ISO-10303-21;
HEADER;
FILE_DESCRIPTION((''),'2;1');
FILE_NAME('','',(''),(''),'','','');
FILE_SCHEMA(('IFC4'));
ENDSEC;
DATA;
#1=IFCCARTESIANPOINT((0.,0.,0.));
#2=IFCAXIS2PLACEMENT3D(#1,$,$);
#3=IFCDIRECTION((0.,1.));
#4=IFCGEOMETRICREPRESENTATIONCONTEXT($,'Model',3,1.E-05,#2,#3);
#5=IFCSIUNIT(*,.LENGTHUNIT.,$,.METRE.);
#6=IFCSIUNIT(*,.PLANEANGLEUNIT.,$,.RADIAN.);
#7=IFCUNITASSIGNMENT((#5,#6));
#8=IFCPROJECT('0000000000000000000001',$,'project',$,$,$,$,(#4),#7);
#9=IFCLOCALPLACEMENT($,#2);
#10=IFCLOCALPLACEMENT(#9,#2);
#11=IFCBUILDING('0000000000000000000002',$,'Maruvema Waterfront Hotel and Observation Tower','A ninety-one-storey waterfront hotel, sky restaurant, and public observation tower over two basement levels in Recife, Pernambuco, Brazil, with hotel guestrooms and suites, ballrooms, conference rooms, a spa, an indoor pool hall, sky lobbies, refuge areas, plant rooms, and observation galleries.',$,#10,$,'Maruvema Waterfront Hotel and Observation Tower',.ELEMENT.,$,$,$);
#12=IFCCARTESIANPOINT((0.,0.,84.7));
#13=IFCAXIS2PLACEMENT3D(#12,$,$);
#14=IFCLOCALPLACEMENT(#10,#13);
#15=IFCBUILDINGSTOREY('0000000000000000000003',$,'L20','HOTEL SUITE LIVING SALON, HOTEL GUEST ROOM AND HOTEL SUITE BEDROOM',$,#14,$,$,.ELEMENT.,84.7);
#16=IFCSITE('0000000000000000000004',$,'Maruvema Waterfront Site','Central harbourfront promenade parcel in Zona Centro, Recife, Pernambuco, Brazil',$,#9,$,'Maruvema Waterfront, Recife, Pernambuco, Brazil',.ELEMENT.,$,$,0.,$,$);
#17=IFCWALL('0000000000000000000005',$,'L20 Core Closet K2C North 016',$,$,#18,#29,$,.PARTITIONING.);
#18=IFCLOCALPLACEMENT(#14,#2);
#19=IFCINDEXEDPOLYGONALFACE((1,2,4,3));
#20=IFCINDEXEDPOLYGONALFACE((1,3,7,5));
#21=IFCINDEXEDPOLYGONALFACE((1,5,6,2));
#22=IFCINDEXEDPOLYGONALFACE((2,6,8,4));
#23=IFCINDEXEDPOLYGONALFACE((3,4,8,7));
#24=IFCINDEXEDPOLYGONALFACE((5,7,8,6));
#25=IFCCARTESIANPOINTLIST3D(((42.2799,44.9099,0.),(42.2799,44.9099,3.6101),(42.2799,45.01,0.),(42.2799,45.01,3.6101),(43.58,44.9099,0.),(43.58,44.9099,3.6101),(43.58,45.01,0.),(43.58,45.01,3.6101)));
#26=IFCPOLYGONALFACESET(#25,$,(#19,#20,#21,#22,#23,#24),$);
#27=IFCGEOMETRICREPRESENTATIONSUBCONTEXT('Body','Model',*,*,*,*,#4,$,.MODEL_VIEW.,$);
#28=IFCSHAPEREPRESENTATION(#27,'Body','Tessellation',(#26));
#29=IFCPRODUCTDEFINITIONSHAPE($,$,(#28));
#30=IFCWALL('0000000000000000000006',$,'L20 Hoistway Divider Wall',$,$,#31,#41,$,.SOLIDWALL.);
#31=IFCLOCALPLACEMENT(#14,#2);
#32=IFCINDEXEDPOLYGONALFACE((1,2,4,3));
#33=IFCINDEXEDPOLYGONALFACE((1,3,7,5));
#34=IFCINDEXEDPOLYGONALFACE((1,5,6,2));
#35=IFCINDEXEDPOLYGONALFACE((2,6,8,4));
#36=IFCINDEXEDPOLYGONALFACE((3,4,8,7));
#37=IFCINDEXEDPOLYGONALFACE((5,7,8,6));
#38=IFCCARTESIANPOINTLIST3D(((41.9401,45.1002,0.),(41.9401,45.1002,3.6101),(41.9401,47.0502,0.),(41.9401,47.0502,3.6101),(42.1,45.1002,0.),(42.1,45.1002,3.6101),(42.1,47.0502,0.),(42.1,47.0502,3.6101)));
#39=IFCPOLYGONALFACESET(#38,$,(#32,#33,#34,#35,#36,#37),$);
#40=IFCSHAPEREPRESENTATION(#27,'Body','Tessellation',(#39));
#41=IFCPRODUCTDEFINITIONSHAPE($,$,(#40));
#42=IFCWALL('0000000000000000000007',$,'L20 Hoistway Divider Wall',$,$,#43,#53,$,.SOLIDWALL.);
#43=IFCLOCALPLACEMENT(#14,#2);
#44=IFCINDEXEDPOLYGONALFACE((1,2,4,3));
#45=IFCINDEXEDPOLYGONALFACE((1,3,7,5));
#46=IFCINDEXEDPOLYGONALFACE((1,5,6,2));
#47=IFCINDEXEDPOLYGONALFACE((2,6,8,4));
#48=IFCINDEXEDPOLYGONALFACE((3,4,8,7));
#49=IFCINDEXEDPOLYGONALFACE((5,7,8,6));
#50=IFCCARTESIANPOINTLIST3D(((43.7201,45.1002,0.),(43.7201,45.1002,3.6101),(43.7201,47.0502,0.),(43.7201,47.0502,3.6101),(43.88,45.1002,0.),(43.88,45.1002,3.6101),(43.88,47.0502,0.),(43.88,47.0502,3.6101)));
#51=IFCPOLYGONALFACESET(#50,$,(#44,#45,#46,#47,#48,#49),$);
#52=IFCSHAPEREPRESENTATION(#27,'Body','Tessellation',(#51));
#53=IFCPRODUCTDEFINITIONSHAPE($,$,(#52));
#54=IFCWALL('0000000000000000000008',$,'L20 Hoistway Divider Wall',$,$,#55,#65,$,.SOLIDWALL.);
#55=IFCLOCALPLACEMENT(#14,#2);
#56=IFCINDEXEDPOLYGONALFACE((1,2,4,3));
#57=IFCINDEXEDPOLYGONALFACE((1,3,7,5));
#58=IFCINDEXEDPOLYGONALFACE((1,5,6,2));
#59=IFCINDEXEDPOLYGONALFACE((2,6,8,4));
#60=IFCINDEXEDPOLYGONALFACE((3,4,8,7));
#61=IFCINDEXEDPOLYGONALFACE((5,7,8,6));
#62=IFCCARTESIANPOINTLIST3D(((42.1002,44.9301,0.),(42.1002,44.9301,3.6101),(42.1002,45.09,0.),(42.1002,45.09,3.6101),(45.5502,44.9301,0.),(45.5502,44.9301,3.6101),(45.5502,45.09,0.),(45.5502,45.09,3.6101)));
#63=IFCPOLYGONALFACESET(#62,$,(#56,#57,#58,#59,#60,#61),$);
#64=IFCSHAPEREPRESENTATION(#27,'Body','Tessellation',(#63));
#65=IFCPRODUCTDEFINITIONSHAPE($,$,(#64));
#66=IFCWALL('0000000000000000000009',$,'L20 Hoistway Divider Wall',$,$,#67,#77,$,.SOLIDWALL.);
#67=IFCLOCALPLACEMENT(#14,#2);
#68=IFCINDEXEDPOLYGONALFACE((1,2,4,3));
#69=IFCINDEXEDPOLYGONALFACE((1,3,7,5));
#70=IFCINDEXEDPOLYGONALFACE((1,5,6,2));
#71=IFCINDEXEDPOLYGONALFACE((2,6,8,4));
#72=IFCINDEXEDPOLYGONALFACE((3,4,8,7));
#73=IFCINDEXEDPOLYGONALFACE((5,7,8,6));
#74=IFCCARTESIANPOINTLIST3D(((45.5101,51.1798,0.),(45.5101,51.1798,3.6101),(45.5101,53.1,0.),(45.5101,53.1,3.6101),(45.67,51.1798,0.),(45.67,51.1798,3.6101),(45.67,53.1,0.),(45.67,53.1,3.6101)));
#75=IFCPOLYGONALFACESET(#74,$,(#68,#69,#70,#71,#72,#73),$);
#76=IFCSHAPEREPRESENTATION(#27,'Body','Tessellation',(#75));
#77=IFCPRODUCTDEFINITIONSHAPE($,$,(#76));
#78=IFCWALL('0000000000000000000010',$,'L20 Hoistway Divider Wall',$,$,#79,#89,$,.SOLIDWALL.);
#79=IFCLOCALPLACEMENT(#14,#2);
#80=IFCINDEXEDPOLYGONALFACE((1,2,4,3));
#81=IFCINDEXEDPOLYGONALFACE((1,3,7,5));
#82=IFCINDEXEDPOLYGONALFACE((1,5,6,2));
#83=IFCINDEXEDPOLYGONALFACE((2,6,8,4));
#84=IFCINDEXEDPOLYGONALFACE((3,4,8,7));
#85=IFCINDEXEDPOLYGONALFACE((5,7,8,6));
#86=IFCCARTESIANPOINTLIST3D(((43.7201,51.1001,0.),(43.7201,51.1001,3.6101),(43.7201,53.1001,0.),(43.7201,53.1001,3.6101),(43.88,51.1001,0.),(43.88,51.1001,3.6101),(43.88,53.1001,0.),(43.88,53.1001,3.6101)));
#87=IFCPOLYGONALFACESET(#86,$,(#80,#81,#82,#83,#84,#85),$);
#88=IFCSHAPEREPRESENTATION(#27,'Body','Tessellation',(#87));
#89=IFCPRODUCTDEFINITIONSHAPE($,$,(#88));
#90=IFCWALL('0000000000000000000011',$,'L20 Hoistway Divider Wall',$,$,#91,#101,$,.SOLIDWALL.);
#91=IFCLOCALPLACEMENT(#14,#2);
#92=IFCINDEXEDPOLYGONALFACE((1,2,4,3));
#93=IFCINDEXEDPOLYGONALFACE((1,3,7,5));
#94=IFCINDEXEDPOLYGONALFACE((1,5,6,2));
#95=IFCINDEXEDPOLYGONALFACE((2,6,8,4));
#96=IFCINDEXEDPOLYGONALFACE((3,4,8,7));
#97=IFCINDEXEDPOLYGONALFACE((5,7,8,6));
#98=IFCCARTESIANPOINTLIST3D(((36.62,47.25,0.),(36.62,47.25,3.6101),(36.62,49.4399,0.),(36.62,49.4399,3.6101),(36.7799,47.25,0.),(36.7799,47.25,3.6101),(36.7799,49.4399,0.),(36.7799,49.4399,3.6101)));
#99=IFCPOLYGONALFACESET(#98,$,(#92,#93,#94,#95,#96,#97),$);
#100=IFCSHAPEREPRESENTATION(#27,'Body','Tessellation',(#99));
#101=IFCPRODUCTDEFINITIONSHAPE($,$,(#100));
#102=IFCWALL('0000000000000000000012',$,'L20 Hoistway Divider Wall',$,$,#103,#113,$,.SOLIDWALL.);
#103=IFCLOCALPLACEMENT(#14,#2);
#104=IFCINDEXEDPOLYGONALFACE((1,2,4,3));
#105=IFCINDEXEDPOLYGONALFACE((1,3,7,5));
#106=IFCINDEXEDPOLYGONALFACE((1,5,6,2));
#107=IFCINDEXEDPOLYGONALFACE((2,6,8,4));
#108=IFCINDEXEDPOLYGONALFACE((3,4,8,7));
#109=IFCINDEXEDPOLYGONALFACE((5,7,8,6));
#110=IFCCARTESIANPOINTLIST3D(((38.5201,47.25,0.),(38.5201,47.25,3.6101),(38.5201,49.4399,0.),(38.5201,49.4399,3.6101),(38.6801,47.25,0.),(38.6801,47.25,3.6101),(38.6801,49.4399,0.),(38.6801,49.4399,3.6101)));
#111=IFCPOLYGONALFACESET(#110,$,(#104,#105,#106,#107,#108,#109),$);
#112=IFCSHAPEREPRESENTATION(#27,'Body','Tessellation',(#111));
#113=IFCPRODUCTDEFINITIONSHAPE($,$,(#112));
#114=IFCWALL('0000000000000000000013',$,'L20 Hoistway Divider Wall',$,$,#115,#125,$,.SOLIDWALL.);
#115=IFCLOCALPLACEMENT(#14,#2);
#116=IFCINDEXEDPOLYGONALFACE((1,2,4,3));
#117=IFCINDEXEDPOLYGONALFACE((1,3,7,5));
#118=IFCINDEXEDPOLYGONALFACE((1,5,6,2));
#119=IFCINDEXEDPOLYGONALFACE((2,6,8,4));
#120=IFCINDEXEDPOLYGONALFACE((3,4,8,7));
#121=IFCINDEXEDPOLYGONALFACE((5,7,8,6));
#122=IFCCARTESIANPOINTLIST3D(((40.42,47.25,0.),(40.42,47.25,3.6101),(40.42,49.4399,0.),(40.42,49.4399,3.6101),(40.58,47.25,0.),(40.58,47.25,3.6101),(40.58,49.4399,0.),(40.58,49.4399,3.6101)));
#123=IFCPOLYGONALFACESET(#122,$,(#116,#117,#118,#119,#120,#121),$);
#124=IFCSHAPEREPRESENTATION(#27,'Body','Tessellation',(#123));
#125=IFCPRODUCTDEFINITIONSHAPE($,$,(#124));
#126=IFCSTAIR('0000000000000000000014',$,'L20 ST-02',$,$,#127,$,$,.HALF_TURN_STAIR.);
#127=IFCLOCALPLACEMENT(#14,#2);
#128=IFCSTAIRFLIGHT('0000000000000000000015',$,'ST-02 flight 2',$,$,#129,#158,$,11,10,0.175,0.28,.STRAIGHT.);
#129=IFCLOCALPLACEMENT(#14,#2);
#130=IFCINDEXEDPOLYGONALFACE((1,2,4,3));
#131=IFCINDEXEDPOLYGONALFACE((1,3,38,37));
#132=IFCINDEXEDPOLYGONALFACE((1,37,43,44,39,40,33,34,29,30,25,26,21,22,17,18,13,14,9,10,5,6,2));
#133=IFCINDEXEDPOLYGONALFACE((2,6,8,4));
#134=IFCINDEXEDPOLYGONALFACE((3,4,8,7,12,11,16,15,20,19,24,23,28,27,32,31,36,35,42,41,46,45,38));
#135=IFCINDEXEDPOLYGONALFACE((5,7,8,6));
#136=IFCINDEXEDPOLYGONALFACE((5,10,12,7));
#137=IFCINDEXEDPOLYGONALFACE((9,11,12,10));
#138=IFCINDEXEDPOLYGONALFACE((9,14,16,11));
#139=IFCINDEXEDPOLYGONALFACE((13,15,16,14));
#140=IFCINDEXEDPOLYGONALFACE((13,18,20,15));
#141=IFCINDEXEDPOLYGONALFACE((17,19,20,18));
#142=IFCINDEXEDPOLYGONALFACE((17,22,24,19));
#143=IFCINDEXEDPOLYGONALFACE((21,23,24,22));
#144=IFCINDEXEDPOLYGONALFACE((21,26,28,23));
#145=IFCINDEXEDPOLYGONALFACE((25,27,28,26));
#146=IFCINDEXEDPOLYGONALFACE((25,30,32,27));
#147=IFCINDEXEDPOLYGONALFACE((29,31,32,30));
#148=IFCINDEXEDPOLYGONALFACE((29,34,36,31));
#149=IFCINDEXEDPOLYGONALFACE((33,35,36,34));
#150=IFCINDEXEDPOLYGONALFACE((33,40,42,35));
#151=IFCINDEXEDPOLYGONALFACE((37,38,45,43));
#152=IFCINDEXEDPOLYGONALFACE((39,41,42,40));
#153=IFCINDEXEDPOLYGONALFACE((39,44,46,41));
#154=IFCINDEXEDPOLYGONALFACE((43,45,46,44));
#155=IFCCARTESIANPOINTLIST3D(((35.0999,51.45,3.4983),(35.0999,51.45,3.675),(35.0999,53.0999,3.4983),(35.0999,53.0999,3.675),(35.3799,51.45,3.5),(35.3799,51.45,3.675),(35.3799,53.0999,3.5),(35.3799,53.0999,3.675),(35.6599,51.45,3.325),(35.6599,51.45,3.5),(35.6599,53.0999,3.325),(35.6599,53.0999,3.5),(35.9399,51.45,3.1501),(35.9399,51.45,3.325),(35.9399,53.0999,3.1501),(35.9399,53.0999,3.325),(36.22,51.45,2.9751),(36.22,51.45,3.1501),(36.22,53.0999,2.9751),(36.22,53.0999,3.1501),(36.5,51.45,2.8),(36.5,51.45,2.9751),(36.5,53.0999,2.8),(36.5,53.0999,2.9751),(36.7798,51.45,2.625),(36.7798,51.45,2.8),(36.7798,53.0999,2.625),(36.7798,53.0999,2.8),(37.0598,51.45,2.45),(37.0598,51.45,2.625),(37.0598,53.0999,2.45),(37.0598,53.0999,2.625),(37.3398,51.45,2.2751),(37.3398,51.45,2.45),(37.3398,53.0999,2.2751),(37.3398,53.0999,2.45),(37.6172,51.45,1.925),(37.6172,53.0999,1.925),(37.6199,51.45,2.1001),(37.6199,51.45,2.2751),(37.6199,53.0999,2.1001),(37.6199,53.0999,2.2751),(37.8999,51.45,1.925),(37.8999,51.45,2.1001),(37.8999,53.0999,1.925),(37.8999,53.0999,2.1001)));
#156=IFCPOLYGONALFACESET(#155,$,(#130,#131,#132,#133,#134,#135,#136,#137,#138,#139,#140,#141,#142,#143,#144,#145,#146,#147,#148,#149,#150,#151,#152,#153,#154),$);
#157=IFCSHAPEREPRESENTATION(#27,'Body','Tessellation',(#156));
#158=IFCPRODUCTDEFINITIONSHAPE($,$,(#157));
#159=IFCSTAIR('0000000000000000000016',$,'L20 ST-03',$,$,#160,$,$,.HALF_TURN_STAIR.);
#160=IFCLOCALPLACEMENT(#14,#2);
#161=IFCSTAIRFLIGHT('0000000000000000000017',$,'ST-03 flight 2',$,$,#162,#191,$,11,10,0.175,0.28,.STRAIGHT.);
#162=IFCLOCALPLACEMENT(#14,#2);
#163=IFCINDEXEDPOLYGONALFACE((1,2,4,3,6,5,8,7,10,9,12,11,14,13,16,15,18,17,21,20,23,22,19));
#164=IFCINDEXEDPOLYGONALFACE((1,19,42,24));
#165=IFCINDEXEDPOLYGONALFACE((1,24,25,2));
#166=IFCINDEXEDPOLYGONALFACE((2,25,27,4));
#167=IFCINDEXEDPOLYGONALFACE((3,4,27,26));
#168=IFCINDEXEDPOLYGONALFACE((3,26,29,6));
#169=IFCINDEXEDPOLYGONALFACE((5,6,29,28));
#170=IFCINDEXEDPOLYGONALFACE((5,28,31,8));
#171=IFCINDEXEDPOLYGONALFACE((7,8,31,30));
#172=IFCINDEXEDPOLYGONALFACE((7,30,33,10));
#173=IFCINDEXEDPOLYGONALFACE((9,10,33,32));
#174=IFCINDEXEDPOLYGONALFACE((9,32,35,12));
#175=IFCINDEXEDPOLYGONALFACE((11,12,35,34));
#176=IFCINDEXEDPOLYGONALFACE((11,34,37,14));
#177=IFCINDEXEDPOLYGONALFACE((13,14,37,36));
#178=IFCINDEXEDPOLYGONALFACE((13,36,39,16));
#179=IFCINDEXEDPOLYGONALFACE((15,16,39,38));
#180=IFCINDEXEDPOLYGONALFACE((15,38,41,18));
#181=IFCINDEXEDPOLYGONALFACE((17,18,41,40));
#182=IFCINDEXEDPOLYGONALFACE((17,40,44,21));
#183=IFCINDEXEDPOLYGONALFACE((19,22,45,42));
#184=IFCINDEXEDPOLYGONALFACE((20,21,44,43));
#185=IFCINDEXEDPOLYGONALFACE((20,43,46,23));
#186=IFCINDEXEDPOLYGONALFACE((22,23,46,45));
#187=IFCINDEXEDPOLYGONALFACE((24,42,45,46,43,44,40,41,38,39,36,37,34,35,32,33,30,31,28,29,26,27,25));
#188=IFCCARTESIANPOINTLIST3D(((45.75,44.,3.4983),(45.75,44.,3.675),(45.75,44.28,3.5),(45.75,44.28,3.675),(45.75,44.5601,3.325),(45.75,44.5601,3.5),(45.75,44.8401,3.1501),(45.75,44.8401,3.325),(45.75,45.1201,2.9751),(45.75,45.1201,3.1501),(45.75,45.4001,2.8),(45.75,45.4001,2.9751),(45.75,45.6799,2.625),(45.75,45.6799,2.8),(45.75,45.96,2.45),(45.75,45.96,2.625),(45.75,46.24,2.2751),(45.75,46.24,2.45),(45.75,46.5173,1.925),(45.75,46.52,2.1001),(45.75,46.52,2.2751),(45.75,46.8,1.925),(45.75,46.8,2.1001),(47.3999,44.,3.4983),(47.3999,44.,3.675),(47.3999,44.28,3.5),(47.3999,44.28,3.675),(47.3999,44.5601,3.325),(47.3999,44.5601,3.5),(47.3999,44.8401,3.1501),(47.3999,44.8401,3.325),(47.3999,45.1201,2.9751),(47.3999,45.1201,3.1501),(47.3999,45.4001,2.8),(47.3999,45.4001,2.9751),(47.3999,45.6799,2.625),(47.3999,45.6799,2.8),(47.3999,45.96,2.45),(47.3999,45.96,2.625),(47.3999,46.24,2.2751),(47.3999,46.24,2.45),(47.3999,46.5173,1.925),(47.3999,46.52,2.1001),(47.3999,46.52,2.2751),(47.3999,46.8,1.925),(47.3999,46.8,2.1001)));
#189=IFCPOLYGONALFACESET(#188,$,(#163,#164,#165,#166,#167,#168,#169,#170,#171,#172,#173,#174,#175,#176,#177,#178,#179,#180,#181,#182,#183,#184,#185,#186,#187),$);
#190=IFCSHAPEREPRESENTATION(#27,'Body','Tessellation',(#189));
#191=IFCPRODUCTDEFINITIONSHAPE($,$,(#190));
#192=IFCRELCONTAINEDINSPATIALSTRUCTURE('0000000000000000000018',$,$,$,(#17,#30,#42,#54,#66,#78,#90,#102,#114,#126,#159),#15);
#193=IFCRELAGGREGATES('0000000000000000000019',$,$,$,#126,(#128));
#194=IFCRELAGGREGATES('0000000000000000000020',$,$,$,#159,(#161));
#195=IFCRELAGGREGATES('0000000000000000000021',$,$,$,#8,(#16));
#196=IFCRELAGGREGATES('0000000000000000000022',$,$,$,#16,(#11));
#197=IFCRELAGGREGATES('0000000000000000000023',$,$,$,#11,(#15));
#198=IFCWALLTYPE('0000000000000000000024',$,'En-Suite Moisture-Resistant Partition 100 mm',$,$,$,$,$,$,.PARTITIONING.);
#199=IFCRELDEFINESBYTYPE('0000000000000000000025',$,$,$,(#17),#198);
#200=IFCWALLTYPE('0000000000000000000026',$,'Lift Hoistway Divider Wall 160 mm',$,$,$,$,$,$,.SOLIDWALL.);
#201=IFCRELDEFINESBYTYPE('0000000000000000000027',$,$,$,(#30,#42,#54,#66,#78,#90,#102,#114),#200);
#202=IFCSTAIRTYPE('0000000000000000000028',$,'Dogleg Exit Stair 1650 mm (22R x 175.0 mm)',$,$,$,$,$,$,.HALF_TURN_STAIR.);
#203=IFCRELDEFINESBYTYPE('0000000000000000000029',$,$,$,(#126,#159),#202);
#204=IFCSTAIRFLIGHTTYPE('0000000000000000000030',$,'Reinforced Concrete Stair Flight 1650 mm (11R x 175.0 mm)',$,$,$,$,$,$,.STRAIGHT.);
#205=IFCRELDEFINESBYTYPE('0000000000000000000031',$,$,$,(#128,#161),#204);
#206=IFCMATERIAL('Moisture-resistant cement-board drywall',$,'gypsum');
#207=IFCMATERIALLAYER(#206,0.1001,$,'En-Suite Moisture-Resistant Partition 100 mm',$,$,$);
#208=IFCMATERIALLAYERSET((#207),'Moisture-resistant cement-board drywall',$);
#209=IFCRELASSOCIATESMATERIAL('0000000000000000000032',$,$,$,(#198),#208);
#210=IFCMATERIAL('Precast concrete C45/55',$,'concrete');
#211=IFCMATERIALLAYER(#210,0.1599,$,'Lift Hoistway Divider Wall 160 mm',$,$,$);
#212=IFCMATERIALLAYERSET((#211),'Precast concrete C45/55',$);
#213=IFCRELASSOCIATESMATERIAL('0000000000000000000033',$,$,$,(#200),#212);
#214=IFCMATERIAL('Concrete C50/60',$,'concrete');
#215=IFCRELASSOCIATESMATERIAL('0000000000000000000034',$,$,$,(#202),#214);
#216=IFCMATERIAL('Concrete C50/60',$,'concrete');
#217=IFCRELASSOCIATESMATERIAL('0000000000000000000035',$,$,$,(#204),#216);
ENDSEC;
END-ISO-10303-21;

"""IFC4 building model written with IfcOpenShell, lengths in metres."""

from ifc_helpers import new_model, si_unit, direction, frame, frame_2d, origin, place, context, subcontext, project, spatial, polyline, rectangle, outline, extrude, material, layer, layer_set, type_object, element, aggregate, save


model = new_model("IFC4")

# Units and contexts
model_context = context("Model", 3, precision=1e-05, world=origin(), true_north=direction((0.0, 1.0)))
body_context = subcontext(model_context, "Body", "Model", "MODEL_VIEW")
ifc_project = project(units=[si_unit("LENGTHUNIT", "METRE"), si_unit("PLANEANGLEUNIT", "RADIAN")], contexts=[model_context])

# Site, building, storey
site_placement = place(None, origin())
site = spatial("IfcSite", under=ifc_project, at=site_placement, Name="Maruvema Waterfront Site", Description="Central harbourfront promenade parcel in Zona Centro, Recife, Pernambuco, Brazil", LongName="Maruvema Waterfront, Recife, Pernambuco, Brazil", CompositionType="ELEMENT", RefElevation=0.0)
building_placement = place(site_placement, origin())
building = spatial("IfcBuilding", under=site, at=building_placement, Name="Maruvema Waterfront Hotel and Observation Tower", Description="A ninety-one-storey waterfront hotel, sky restaurant, and public observation tower over two basement levels in Recife, Pernambuco, Brazil, with hotel guestrooms and suites, ballrooms, conference rooms, a spa, an indoor pool hall, sky lobbies, refuge areas, plant rooms, and observation galleries.", LongName="Maruvema Waterfront Hotel and Observation Tower", CompositionType="ELEMENT")
storey_placement = place(building_placement, frame((0.0, 0.0, 84.7)))
storey = spatial("IfcBuildingStorey", under=building, at=storey_placement, Name="L20", Description="HOTEL SUITE LIVING SALON, HOTEL GUEST ROOM AND HOTEL SUITE BEDROOM", CompositionType="ELEMENT", Elevation=84.7)

# Shared definitions
ifc_material_1 = material(Name="Moisture-resistant cement-board drywall", Category="gypsum")
ifc_layer_1 = layer(ifc_material_1, 0.1001, Name="En-Suite Moisture-Resistant Partition 100 mm")
ifc_layer_set_1 = layer_set([ifc_layer_1], Name="Moisture-resistant cement-board drywall")
wall_type_1 = type_object("IfcWallType", Name="En-Suite Moisture-Resistant Partition 100 mm", PredefinedType="PARTITIONING", material=ifc_layer_set_1)

# Walls
wall_1_placement = place(storey_placement, frame((42.28, 44.96, 0.0), z_axis=(0.0, 0.0, 1.0), x_axis=(1.0, 0.0, 0.0)))
element("IfcWall", 1, at=wall_1_placement, inside=storey, type_object=wall_type_1, Name="L20 Core Closet K2C North 016", PredefinedType="PARTITIONING", context=body_context, shape_type="SweptSolid", body=[
    extrude(rectangle(XDim=1.3, YDim=0.1001, at=frame_2d((0.6499, 0.0))), origin(), (0.0, 0.0, 1.0), 3.6101),
])
ifc_material_2 = material(Name="Precast concrete C45/55", Category="concrete")
ifc_layer_2 = layer(ifc_material_2, 0.1599, Name="Lift Hoistway Divider Wall 160 mm")
ifc_layer_set_2 = layer_set([ifc_layer_2], Name="Precast concrete C45/55")
wall_type_2 = type_object("IfcWallType", Name="Lift Hoistway Divider Wall 160 mm", PredefinedType="SOLIDWALL", material=ifc_layer_set_2)
for number, where, z_axis, x_axis, name in (
    (2, (42.02, 45.1001, 0.0), (0.0, 0.0, 1.0), (0.0, 1.0, 0.0), "L20 Hoistway Divider Wall"),
    (3, (43.8, 45.1001, 0.0), (0.0, 0.0, 1.0), (0.0, 1.0, 0.0), "L20 Hoistway Divider Wall"),
):
    element("IfcWall", number, at=place(storey_placement, frame(where, z_axis=z_axis, x_axis=x_axis)), inside=storey, type_object=wall_type_2, Name=name, PredefinedType="SOLIDWALL", context=body_context, shape_type="SweptSolid", body=[
        extrude(rectangle(XDim=1.95, YDim=0.1599, at=frame_2d((0.9751, 0.0))), origin(), (0.0, 0.0, 1.0), 3.6101),
    ])
wall_2_placement = place(storey_placement, frame((42.1001, 45.01, 0.0), z_axis=(0.0, 0.0, 1.0), x_axis=(1.0, 0.0, 0.0)))
element("IfcWall", 4, at=wall_2_placement, inside=storey, type_object=wall_type_2, Name="L20 Hoistway Divider Wall", PredefinedType="SOLIDWALL", context=body_context, shape_type="SweptSolid", body=[
    extrude(rectangle(XDim=3.45, YDim=0.1599, at=frame_2d((1.7251, 0.0))), origin(), (0.0, 0.0, 1.0), 3.6101),
])
wall_3_placement = place(storey_placement, frame((45.5901, 51.1799, 0.0), z_axis=(0.0, 0.0, 1.0), x_axis=(0.0, 1.0, 0.0)))
element("IfcWall", 5, at=wall_3_placement, inside=storey, type_object=wall_type_2, Name="L20 Hoistway Divider Wall", PredefinedType="SOLIDWALL", context=body_context, shape_type="SweptSolid", body=[
    extrude(rectangle(XDim=1.9202, YDim=0.1599, at=frame_2d((0.96, 0.0))), origin(), (0.0, 0.0, 1.0), 3.6101),
])
wall_4_placement = place(storey_placement, frame((43.8, 51.1001, 0.0), z_axis=(0.0, 0.0, 1.0), x_axis=(0.0, 1.0, 0.0)))
element("IfcWall", 6, at=wall_4_placement, inside=storey, type_object=wall_type_2, Name="L20 Hoistway Divider Wall", PredefinedType="SOLIDWALL", context=body_context, shape_type="SweptSolid", body=[
    extrude(rectangle(XDim=2.0, YDim=0.1599, at=frame_2d((1.0, 0.0))), origin(), (0.0, 0.0, 1.0), 3.6101),
])
for number, where, z_axis, x_axis, name in (
    (7, (36.7, 47.25, 0.0), (0.0, 0.0, 1.0), (0.0, 1.0, 0.0), "L20 Hoistway Divider Wall"),
    (8, (38.6001, 47.25, 0.0), (0.0, 0.0, 1.0), (0.0, 1.0, 0.0), "L20 Hoistway Divider Wall"),
    (9, (40.5, 47.25, 0.0), (0.0, 0.0, 1.0), (0.0, 1.0, 0.0), "L20 Hoistway Divider Wall"),
):
    element("IfcWall", number, at=place(storey_placement, frame(where, z_axis=z_axis, x_axis=x_axis)), inside=storey, type_object=wall_type_2, Name=name, PredefinedType="SOLIDWALL", context=body_context, shape_type="SweptSolid", body=[
        extrude(rectangle(XDim=2.1899, YDim=0.1599, at=frame_2d((1.095, 0.0))), origin(), (0.0, 0.0, 1.0), 3.6101),
    ])

# Stairs, stair flights
ifc_material_3 = material(Name="Concrete C50/60", Category="concrete")
stair_type = type_object("IfcStairType", Name="Dogleg Exit Stair 1650 mm (22R x 175.0 mm)", PredefinedType="HALF_TURN_STAIR", material=ifc_material_3)
stair_1_placement = place(storey_placement, origin())
stair_1 = element("IfcStair", 10, at=stair_1_placement, inside=storey, type_object=stair_type, Name="L20 ST-02", PredefinedType="HALF_TURN_STAIR")
ifc_material_4 = material(Name="Concrete C50/60", Category="concrete")
stair_flight_type = type_object("IfcStairFlightType", Name="Reinforced Concrete Stair Flight 1650 mm (11R x 175.0 mm)", PredefinedType="STRAIGHT", material=ifc_material_4)
stair_flight_1_placement = place(storey_placement, frame((37.8999, 52.2749, 1.925), z_axis=(0.0, 0.0, 1.0), x_axis=(-1.0, 0.0, 0.0)))
stair_flight_1 = element("IfcStairFlight", 11, at=stair_flight_1_placement, type_object=stair_flight_type, Name="ST-02 flight 2", NumberOfRisers=11, NumberOfTreads=10, PredefinedType="STRAIGHT", RiserHeight=0.175, TreadLength=0.28, context=body_context, shape_type="SweptSolid", body=[
    extrude(outline(polyline([(0.0, 0.0), (0.0, 0.175), (0.28, 0.175), (0.28, 0.3501), (0.5601, 0.3501), (0.5601, 0.5249), (0.8401, 0.5249), (0.8401, 0.7), (1.1201, 0.7), (1.1201, 0.875), (1.3999, 0.875), (1.3999, 1.05), (1.6799, 1.05), (1.6799, 1.2251), (1.96, 1.2251), (1.96, 1.3999), (2.24, 1.3999), (2.24, 1.575), (2.52, 1.575), (2.52, 1.75), (2.8, 1.75), (2.8, 1.925), (2.8, 1.5732), (0.2827, 0.0), (0.0, 0.0)])), frame((0.0, 0.825, 0.0), z_axis=(0.0, -1.0, 0.0), x_axis=(1.0, 0.0, 0.0)), (0.0, 0.0, 1.0), 1.6499),
])
aggregate(stair_1, [stair_flight_1])
stair_2_placement = place(storey_placement, origin())
stair_2 = element("IfcStair", 12, at=stair_2_placement, inside=storey, type_object=stair_type, Name="L20 ST-03", PredefinedType="HALF_TURN_STAIR")
stair_flight_2_placement = place(storey_placement, frame((46.575, 46.8, 1.925), z_axis=(0.0, 0.0, 1.0), x_axis=(0.0, -1.0, 0.0)))
stair_flight_2 = element("IfcStairFlight", 13, at=stair_flight_2_placement, type_object=stair_flight_type, Name="ST-03 flight 2", NumberOfRisers=11, NumberOfTreads=10, PredefinedType="STRAIGHT", RiserHeight=0.175, TreadLength=0.28, context=body_context, shape_type="SweptSolid", body=[
    extrude(outline(polyline([(0.0, 0.0), (0.0, 0.175), (0.28, 0.175), (0.28, 0.3501), (0.5601, 0.3501), (0.5601, 0.5249), (0.8401, 0.5249), (0.8401, 0.7), (1.1201, 0.7), (1.1201, 0.875), (1.3999, 0.875), (1.3999, 1.05), (1.6799, 1.05), (1.6799, 1.2251), (1.96, 1.2251), (1.96, 1.3999), (2.24, 1.3999), (2.24, 1.575), (2.52, 1.575), (2.52, 1.75), (2.8, 1.75), (2.8, 1.925), (2.8, 1.5732), (0.2827, 0.0), (0.0, 0.0)])), frame((0.0, 0.825, 0.0), z_axis=(0.0, -1.0, 0.0), x_axis=(1.0, 0.0, 0.0)), (0.0, 0.0, 1.0), 1.6499),
])
aggregate(stair_2, [stair_flight_2])

save(model, "model.ifc")
